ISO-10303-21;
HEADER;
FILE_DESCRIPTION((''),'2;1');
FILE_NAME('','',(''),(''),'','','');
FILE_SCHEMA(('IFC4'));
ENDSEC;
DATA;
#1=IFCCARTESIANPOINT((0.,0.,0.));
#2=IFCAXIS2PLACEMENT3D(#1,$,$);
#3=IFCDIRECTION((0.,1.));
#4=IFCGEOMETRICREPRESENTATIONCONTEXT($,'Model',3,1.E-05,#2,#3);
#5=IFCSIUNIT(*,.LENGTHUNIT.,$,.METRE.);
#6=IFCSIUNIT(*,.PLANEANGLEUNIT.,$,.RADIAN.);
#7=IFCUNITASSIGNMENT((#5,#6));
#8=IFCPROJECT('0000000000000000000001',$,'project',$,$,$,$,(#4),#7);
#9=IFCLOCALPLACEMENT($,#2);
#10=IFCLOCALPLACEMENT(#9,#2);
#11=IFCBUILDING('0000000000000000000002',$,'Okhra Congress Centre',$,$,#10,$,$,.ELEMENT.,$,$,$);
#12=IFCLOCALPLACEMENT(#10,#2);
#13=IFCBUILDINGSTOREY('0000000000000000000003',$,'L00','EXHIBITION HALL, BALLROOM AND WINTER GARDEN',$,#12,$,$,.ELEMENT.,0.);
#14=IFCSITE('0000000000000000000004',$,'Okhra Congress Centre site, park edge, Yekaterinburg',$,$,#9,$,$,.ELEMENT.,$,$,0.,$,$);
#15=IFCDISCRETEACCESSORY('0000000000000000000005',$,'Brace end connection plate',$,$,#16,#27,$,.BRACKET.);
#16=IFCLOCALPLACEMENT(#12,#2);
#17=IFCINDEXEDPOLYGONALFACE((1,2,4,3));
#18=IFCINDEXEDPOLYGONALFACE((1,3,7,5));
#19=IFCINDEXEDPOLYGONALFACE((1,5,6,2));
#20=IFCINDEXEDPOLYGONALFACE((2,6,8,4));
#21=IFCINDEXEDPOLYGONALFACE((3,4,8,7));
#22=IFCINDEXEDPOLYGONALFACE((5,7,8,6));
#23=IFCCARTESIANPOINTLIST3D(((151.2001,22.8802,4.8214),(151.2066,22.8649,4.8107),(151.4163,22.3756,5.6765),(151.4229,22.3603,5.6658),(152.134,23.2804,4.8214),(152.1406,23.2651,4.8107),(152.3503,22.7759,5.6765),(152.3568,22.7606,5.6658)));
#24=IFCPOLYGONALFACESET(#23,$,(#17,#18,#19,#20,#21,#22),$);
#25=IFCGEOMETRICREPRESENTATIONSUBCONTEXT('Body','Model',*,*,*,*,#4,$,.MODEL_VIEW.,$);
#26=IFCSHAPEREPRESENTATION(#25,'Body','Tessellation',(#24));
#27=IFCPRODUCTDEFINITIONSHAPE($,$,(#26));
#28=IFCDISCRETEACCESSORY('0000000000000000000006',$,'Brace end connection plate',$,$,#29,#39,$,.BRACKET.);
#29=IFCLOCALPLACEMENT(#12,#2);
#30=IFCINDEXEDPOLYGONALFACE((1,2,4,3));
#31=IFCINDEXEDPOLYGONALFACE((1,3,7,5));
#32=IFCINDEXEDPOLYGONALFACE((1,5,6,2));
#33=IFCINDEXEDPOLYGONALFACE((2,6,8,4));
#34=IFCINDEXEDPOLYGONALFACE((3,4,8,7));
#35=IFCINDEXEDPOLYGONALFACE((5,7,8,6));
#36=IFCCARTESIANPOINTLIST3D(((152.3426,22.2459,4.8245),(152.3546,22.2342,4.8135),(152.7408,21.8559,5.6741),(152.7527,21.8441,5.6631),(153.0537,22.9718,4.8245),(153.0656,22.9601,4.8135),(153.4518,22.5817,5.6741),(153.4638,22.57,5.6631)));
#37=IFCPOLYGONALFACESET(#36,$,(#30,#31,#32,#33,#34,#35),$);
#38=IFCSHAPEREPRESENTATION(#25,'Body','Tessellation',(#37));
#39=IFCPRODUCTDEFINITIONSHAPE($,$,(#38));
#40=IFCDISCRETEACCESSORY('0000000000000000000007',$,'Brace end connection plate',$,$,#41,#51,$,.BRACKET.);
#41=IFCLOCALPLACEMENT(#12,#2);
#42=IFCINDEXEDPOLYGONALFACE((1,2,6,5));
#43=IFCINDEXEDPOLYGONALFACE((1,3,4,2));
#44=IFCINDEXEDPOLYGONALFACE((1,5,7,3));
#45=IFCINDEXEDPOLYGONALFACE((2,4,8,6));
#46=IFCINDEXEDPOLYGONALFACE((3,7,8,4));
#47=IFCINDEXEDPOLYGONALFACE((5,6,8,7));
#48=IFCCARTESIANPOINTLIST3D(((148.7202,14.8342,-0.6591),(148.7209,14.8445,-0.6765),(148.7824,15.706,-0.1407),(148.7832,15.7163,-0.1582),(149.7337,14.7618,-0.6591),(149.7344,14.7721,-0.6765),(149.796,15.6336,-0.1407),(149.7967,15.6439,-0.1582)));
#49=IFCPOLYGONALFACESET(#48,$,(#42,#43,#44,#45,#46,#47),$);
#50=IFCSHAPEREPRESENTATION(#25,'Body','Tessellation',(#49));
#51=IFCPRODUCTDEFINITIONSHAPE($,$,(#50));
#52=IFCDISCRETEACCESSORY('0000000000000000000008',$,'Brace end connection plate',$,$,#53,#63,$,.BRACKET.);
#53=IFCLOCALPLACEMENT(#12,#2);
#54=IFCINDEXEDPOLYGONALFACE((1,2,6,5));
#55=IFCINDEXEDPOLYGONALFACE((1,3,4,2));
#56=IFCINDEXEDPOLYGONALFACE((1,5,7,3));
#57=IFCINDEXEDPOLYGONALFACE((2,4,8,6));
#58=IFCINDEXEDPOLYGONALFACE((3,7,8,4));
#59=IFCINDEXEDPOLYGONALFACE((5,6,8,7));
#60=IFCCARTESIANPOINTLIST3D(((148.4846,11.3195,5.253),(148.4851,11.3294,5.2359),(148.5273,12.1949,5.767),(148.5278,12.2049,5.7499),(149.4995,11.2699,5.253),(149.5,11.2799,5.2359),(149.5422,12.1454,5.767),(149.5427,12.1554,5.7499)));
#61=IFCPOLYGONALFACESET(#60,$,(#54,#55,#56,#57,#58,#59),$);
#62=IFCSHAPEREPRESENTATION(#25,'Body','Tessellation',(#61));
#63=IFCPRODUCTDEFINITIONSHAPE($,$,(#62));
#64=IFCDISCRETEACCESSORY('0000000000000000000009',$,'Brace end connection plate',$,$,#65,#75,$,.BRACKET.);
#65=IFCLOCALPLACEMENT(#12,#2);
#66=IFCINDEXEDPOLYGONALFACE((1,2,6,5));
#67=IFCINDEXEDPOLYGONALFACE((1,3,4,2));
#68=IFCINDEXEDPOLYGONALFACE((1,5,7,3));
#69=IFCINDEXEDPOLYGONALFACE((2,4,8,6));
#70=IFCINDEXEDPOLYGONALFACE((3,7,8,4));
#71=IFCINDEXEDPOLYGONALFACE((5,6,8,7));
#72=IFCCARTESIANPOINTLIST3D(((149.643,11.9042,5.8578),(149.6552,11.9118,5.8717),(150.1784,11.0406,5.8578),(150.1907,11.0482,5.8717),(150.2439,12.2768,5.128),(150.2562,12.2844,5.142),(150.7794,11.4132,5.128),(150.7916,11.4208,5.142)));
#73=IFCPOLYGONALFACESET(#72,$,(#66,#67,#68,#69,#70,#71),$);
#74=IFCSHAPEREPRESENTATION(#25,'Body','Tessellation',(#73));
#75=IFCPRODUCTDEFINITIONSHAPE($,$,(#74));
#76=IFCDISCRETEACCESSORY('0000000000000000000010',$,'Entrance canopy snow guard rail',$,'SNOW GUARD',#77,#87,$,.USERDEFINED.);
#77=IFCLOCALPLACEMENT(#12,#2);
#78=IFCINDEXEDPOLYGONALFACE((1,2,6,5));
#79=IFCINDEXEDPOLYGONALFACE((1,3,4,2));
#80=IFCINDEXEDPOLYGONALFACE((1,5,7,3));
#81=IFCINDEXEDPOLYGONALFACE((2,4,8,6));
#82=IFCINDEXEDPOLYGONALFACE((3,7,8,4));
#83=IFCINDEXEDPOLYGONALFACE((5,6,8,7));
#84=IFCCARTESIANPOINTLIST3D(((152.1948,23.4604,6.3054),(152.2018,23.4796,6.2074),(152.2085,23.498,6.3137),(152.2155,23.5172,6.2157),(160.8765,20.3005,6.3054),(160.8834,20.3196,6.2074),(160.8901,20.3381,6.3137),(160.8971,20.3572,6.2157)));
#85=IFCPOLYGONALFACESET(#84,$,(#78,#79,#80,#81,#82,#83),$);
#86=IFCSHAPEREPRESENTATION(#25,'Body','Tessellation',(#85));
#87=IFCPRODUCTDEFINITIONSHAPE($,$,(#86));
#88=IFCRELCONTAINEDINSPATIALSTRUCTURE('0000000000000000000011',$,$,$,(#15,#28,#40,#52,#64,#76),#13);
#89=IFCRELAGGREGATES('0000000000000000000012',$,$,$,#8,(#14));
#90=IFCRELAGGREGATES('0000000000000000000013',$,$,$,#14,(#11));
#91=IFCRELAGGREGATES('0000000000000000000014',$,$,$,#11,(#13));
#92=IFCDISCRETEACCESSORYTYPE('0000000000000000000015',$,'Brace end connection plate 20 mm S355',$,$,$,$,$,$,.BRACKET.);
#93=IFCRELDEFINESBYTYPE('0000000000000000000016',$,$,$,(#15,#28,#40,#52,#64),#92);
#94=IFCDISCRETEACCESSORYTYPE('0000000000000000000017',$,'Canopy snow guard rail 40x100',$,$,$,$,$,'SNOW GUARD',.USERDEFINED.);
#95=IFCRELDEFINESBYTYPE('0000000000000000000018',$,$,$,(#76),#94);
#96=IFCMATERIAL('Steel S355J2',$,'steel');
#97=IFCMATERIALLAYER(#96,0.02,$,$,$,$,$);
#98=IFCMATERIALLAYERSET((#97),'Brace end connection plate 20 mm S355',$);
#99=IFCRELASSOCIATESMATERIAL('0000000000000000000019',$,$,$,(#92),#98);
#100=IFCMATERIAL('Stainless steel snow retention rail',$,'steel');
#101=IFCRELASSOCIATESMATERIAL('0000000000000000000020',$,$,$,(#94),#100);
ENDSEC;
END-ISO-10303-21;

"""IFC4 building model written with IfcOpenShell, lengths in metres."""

from ifc_helpers import new_model, si_unit, direction, frame, origin, origin_2d, place, context, subcontext, project, spatial, polyline, rectangle, outline, extrude, material, layer, layer_set, type_object, element, save


model = new_model("IFC4")

# Units and contexts
model_context = context("Model", 3, precision=1e-05, world=origin(), true_north=direction((0.0, 1.0)))
body_context = subcontext(model_context, "Body", "Model", "MODEL_VIEW")
ifc_project = project(units=[si_unit("LENGTHUNIT", "METRE"), si_unit("PLANEANGLEUNIT", "RADIAN")], contexts=[model_context])

# Site, building, storey
site_placement = place(None, origin())
site = spatial("IfcSite", under=ifc_project, at=site_placement, Name="Okhra Congress Centre site, park edge, Yekaterinburg", CompositionType="ELEMENT", RefElevation=0.0)
building_placement = place(site_placement, origin())
building = spatial("IfcBuilding", under=site, at=building_placement, Name="Okhra Congress Centre", CompositionType="ELEMENT")
storey_placement = place(building_placement, origin())
storey = spatial("IfcBuildingStorey", under=building, at=storey_placement, Name="L00", Description="EXHIBITION HALL, BALLROOM AND WINTER GARDEN", CompositionType="ELEMENT", Elevation=0.0)

# Discrete accessories
ifc_material_1 = material(Name="Steel S355J2", Category="steel")
ifc_layer_1 = layer(ifc_material_1, 0.02)
ifc_layer_set_1 = layer_set([ifc_layer_1], Name="Brace end connection plate 20 mm S355")
discrete_accessory_type_1 = type_object("IfcDiscreteAccessoryType", Name="Brace end connection plate 20 mm S355", PredefinedType="BRACKET", material=ifc_layer_set_1)
discrete_accessory_1_placement = place(storey_placement, frame((151.7817, 22.8127, 5.2383), z_axis=(-0.331494, 0.773487, 0.540213), x_axis=(-0.919145, -0.393919, 0.0)))
element("IfcDiscreteAccessory", 1, at=discrete_accessory_1_placement, inside=storey, type_object=discrete_accessory_type_1, Name="Brace end connection plate", PredefinedType="BRACKET", context=body_context, shape_type="SweptSolid", body=[
    extrude(rectangle(XDim=1.0161, YDim=1.0161, at=origin_2d()), origin(), (0.0, 0.0, 1.0), 0.0198),
])
discrete_accessory_2_placement = place(storey_placement, frame((152.9092, 22.4021, 5.2383), z_axis=(-0.597295, 0.585105, 0.548536), x_axis=(-0.69978, -0.714359, 0.0)))
element("IfcDiscreteAccessory", 2, at=discrete_accessory_2_placement, inside=storey, type_object=discrete_accessory_type_1, Name="Brace end connection plate", PredefinedType="BRACKET", context=body_context, shape_type="SweptSolid", body=[
    extrude(rectangle(XDim=1.0161, YDim=1.0161, at=origin_2d()), origin(), (0.0, 0.0, 1.0), 0.02),
])
discrete_accessory_3_placement = place(storey_placement, frame((149.2581, 15.2339, -0.3999), z_axis=(0.036343, 0.508801, -0.860117), x_axis=(-0.997459, 0.071247, 0.0)))
element("IfcDiscreteAccessory", 3, at=discrete_accessory_3_placement, inside=storey, type_object=discrete_accessory_type_1, Name="Brace end connection plate", PredefinedType="BRACKET", context=body_context, shape_type="SweptSolid", body=[
    extrude(rectangle(XDim=1.0161, YDim=1.0161, at=origin_2d()), origin(), (0.0, 0.0, 1.0), 0.0203),
])
discrete_accessory_4_placement = place(storey_placement, frame((149.0139, 11.7424, 5.4929), z_axis=(-0.024646, -0.50525, 0.862621), x_axis=(0.998812, -0.048723, 0.0)))
element("IfcDiscreteAccessory", 4, at=discrete_accessory_4_placement, inside=storey, type_object=discrete_accessory_type_1, Name="Brace end connection plate", PredefinedType="BRACKET", context=body_context, shape_type="SweptSolid", body=[
    extrude(rectangle(XDim=1.0161, YDim=1.0161, at=origin_2d()), origin(), (0.0, 0.0, 1.0), 0.0198),
])
discrete_accessory_5_placement = place(storey_placement, frame((150.2112, 11.6587, 5.4929), z_axis=(0.610392, 0.378443, 0.695847), x_axis=(-0.52694, 0.849903, 0.0)))
element("IfcDiscreteAccessory", 5, at=discrete_accessory_5_placement, inside=storey, type_object=discrete_accessory_type_1, Name="Brace end connection plate", PredefinedType="BRACKET", context=body_context, shape_type="SweptSolid", body=[
    extrude(rectangle(XDim=1.0161, YDim=1.0161, at=origin_2d()), origin(), (0.0, 0.0, 1.0), 0.02),
])
ifc_material_2 = material(Name="Stainless steel snow retention rail", Category="steel")
discrete_accessory_type_2 = type_object("IfcDiscreteAccessoryType", Name="Canopy snow guard rail 40x100", ElementType="SNOW GUARD", PredefinedType="USERDEFINED", material=ifc_material_2)
discrete_accessory_6_placement = place(storey_placement, frame((152.1948, 23.4604, 6.3054), z_axis=(-0.069486, -0.190907, 0.979146), x_axis=(0.939691, -0.342025, 0.0)))
element("IfcDiscreteAccessory", 6, at=discrete_accessory_6_placement, inside=storey, type_object=discrete_accessory_type_2, Name="Entrance canopy snow guard rail", ObjectType="SNOW GUARD", PredefinedType="USERDEFINED", context=body_context, shape_type="SweptSolid", body=[
    extrude(outline(polyline([(0.0, 0.0), (9.2388, 0.0), (9.2388, 0.0409), (0.0, 0.0409), (0.0, 0.0)])), origin(), (0.0, 0.0, -1.0), 0.1001),
])

save(model, "model.ifc")
